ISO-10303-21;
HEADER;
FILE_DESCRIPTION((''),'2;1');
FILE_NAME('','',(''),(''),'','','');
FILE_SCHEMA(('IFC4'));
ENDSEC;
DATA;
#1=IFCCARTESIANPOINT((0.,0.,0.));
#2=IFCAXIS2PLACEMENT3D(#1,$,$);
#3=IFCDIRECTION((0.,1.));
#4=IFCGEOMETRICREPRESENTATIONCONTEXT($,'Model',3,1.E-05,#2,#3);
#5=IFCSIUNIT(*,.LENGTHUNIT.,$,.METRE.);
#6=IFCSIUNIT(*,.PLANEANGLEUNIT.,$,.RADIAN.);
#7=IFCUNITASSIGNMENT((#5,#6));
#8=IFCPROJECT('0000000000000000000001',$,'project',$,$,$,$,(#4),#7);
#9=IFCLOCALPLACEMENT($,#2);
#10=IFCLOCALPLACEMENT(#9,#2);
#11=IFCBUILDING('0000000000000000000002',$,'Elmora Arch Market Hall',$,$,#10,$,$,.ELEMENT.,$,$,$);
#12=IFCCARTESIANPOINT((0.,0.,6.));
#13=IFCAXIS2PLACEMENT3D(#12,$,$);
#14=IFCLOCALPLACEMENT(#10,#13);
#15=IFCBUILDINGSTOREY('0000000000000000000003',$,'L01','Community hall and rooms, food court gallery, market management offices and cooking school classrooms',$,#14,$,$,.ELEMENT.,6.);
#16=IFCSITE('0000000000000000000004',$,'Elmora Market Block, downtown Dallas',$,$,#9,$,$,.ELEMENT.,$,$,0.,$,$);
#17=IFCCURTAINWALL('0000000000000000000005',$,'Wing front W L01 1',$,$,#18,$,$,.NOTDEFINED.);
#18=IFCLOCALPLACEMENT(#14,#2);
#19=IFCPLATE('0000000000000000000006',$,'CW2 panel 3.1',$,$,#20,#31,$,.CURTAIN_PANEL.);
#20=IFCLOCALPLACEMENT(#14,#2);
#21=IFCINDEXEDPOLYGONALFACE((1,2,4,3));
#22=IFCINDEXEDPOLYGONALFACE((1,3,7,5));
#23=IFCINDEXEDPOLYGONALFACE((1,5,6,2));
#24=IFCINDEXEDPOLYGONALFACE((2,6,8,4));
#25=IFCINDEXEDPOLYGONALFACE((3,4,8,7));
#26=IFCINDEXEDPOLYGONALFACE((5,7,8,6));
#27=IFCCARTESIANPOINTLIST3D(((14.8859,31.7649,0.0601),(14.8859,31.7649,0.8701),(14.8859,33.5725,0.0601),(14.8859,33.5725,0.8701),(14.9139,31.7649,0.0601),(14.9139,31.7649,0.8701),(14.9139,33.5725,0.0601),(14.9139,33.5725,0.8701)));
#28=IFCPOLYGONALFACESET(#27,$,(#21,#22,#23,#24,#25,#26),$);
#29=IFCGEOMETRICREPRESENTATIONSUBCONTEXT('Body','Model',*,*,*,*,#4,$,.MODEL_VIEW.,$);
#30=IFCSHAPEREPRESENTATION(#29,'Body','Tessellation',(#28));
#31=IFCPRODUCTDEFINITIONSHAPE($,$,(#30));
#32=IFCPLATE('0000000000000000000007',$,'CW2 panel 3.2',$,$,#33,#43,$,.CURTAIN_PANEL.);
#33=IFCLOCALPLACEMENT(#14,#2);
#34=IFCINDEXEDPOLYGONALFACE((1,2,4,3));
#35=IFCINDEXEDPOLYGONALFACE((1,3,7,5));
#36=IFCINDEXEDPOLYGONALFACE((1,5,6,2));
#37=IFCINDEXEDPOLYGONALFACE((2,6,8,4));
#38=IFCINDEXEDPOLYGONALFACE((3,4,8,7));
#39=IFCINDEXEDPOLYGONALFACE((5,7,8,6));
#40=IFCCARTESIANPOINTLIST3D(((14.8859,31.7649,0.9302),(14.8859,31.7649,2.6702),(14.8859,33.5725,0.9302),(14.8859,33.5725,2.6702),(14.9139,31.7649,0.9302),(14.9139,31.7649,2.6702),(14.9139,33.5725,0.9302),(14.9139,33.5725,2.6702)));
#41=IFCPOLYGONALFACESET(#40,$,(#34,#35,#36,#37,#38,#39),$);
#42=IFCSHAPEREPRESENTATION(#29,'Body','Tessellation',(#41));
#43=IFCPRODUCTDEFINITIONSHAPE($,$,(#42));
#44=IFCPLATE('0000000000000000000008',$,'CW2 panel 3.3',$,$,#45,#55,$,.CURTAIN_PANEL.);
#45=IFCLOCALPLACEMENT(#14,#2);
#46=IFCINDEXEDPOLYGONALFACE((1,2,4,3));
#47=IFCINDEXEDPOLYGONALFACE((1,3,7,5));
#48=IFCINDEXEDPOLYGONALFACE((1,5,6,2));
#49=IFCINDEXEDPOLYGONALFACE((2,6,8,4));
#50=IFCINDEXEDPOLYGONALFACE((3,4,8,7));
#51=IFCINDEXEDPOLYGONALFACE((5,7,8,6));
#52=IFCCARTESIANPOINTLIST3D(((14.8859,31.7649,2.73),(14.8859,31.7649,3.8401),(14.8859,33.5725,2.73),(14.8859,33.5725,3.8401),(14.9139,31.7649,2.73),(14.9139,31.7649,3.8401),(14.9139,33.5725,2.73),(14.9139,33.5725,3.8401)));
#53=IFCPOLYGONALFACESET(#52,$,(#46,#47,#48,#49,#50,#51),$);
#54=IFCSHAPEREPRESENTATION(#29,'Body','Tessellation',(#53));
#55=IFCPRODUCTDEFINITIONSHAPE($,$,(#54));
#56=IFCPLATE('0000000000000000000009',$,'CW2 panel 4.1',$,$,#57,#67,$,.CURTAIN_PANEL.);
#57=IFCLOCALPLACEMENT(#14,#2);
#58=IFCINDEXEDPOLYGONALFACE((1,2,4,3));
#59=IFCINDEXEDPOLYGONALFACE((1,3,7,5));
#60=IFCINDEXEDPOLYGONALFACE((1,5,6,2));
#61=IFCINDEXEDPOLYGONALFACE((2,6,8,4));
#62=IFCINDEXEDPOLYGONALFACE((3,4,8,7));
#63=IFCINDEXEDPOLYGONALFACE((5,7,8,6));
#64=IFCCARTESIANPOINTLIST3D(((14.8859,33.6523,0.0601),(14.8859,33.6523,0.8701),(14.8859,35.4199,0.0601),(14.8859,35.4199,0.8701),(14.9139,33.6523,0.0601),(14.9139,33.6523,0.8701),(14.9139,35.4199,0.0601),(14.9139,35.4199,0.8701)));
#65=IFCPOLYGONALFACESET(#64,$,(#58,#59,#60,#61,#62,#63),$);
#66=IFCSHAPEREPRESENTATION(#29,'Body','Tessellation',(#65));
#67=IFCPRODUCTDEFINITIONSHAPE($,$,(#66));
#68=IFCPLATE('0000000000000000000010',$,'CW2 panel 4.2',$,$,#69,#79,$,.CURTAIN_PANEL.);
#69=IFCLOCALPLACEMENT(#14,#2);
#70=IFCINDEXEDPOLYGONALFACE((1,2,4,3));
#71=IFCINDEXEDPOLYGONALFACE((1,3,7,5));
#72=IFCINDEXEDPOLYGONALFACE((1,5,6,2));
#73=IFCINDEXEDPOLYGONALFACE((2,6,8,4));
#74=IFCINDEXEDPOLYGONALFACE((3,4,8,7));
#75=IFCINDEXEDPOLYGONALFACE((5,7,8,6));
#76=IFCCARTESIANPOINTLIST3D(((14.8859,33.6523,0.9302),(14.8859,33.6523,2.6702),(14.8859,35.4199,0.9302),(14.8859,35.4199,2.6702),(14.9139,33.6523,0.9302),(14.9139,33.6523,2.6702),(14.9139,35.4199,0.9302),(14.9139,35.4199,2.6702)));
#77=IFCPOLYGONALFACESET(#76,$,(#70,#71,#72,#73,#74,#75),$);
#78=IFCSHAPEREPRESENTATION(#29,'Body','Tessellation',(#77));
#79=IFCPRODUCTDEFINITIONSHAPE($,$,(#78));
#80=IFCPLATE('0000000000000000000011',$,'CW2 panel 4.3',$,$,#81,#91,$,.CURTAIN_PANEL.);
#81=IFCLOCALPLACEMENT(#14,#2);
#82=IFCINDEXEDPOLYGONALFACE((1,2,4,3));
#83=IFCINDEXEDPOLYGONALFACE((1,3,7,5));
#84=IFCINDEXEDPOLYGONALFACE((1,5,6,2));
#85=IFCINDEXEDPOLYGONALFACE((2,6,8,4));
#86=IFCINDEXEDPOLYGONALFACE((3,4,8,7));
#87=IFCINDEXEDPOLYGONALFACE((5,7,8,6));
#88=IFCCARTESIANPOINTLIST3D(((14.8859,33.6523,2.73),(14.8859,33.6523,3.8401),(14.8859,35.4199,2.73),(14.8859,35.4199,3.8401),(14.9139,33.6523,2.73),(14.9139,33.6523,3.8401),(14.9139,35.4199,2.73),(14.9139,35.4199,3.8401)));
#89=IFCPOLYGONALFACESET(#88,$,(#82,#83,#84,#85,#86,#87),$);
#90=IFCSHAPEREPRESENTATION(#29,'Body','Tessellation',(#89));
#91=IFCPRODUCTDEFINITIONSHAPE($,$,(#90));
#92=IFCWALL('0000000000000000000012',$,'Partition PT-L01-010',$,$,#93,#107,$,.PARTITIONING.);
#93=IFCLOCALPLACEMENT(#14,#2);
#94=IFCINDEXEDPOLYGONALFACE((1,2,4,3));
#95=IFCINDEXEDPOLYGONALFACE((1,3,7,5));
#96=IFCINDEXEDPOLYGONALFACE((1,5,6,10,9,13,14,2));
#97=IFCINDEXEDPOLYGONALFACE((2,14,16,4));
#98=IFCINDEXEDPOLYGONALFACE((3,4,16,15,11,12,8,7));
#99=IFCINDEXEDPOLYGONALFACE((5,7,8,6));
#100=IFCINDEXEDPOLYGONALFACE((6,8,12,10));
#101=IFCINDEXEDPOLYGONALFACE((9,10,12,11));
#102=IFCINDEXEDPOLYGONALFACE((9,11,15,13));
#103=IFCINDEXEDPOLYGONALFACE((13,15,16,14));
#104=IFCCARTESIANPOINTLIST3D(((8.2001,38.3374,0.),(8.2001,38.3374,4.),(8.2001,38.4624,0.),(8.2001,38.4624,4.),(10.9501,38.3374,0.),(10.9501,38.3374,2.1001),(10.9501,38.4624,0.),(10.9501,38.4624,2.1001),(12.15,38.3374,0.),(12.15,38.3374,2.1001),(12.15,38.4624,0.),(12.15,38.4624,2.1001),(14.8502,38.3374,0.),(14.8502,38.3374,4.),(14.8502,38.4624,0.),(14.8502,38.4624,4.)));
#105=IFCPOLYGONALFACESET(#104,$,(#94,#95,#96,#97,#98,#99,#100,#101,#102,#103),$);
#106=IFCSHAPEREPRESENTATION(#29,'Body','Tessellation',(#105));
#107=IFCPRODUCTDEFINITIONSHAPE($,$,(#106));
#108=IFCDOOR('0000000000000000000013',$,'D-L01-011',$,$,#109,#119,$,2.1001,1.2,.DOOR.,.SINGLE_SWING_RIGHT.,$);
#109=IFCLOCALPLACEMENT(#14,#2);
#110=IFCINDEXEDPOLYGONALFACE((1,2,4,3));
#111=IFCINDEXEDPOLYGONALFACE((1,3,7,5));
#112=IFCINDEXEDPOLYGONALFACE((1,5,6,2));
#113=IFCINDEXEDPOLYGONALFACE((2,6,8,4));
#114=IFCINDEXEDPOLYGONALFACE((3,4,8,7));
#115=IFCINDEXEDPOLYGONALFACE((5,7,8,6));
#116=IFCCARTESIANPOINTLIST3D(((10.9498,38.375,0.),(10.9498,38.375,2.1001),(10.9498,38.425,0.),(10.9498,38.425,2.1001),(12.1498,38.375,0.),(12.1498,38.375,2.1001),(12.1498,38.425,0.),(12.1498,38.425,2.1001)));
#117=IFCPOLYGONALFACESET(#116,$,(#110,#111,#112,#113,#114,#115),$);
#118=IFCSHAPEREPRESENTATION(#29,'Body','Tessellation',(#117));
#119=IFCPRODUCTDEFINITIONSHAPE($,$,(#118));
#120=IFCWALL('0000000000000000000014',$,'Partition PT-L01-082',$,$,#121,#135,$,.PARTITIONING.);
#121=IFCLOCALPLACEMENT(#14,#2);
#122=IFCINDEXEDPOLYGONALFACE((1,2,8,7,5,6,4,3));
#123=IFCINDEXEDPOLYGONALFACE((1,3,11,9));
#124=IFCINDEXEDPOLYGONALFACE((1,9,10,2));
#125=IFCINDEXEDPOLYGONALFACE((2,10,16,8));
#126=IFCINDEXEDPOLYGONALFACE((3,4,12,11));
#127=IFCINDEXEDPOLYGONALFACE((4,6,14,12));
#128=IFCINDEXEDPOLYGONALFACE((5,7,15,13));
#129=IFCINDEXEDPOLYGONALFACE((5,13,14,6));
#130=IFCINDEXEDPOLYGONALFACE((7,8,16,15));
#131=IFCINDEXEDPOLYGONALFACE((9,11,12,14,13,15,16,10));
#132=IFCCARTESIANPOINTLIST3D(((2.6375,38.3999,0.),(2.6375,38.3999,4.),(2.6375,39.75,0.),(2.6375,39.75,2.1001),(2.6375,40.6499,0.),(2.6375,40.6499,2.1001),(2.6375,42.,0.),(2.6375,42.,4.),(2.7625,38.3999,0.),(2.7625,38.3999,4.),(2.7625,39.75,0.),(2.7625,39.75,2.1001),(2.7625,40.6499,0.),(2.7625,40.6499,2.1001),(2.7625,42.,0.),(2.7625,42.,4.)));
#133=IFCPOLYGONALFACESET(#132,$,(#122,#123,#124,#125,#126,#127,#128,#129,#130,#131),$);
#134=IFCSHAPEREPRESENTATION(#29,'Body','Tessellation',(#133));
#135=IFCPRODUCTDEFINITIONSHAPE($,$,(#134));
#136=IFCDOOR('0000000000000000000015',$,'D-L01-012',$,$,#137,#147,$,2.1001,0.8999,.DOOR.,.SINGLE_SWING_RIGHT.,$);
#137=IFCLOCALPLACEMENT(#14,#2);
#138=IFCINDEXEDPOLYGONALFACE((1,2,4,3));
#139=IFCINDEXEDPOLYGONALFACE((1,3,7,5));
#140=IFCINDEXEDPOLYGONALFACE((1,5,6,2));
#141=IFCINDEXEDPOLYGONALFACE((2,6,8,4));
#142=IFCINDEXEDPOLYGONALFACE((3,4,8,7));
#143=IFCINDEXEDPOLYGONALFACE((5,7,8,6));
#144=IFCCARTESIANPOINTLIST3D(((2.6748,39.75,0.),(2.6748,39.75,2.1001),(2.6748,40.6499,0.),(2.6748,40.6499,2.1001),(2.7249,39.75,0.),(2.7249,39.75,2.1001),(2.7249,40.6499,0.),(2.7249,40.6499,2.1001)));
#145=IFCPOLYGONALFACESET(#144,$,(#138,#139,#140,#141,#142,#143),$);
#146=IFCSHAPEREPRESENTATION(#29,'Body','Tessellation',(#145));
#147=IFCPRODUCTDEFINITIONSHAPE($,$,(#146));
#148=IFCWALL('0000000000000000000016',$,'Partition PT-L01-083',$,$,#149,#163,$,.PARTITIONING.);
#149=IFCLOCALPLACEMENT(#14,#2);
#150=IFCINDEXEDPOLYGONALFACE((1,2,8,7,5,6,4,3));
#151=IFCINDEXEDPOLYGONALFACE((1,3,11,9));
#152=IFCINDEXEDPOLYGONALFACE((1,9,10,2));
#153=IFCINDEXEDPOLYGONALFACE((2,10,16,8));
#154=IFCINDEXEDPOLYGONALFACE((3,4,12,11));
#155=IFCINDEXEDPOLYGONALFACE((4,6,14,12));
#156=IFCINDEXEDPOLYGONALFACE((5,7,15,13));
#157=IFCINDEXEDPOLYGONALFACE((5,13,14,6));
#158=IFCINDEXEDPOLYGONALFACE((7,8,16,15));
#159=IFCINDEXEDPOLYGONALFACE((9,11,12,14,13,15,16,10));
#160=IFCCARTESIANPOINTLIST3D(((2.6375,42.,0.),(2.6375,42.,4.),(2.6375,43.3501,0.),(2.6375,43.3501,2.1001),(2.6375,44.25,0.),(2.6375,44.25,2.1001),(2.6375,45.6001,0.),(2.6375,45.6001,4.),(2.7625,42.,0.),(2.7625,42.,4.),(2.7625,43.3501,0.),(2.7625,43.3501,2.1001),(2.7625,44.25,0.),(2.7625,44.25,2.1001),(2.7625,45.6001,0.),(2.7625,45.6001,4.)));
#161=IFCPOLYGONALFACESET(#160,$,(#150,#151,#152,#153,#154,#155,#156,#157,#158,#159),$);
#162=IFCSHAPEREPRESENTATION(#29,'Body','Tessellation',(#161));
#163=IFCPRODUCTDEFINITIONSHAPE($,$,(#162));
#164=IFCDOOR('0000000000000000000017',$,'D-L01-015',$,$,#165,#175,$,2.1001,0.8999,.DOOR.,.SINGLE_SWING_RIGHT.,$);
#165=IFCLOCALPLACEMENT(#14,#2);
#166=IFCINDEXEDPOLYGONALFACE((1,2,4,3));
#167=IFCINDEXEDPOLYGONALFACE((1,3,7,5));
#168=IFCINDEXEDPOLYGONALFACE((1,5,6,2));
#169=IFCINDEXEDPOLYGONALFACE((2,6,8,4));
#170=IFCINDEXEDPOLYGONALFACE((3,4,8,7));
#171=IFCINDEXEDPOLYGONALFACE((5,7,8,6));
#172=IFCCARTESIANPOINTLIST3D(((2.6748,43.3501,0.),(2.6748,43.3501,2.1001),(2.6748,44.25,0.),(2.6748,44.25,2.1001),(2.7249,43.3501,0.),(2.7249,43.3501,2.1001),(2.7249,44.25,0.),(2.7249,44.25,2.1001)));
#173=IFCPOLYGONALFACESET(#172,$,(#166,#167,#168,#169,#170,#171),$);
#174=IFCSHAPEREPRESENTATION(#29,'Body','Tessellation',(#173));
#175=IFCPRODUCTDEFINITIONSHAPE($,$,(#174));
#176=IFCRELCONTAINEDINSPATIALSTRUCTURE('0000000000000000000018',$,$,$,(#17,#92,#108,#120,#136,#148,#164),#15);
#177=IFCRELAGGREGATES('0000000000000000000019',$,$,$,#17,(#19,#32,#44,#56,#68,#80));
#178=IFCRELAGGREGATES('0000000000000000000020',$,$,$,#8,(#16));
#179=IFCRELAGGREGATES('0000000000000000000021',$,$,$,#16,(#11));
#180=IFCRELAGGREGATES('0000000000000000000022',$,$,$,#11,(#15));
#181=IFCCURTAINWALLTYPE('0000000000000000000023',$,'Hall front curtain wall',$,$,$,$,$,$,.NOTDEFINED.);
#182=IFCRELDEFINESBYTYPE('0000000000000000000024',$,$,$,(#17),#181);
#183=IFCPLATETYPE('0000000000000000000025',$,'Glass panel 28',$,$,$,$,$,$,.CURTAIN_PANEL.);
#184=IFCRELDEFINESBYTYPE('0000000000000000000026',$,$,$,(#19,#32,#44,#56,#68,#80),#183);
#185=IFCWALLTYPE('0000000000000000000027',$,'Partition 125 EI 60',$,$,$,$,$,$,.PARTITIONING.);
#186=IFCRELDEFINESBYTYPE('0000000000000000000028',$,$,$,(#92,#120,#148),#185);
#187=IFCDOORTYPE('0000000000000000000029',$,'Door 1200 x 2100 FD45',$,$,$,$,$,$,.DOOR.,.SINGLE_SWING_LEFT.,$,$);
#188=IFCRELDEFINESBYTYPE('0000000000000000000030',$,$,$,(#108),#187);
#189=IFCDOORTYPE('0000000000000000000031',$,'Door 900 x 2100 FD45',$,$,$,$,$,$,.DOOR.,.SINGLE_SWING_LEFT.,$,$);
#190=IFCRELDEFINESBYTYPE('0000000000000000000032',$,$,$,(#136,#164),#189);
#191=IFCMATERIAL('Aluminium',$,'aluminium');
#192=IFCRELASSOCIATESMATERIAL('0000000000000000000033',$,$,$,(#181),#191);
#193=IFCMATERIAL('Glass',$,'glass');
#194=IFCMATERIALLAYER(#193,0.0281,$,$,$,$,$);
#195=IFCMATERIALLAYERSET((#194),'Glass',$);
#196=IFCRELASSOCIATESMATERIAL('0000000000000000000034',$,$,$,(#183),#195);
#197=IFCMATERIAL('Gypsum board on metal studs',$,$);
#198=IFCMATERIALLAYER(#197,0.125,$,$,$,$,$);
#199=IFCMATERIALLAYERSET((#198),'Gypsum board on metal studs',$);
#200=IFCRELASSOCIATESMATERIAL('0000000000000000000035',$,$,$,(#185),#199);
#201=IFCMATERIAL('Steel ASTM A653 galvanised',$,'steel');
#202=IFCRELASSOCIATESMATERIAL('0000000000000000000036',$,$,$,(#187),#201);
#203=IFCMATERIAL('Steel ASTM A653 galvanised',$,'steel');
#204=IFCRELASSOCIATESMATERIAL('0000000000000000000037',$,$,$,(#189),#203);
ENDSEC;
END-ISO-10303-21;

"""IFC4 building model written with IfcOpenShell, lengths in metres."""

from ifc_helpers import new_model, si_unit, direction, frame, frame_2d, origin, origin_2d, place, context, subcontext, project, spatial, rectangle, extrude, material, layer, layer_set, type_object, element, fill, aggregate, save


model = new_model("IFC4")

# Units and contexts
model_context = context("Model", 3, precision=1e-05, world=origin(), true_north=direction((0.0, 1.0)))
body_context = subcontext(model_context, "Body", "Model", "MODEL_VIEW")
ifc_project = project(units=[si_unit("LENGTHUNIT", "METRE"), si_unit("PLANEANGLEUNIT", "RADIAN")], contexts=[model_context])

# Site, building, storey
site_placement = place(None, origin())
site = spatial("IfcSite", under=ifc_project, at=site_placement, Name="Elmora Market Block, downtown Dallas", CompositionType="ELEMENT", RefElevation=0.0)
building_placement = place(site_placement, origin())
building = spatial("IfcBuilding", under=site, at=building_placement, Name="Elmora Arch Market Hall", CompositionType="ELEMENT")
storey_placement = place(building_placement, frame((0.0, 0.0, 6.0)))
storey = spatial("IfcBuildingStorey", under=building, at=storey_placement, Name="L01", Description="Community hall and rooms, food court gallery, market management offices and cooking school classrooms", CompositionType="ELEMENT", Elevation=6.0)

# Curtain wall
ifc_material_1 = material(Name="Aluminium", Category="aluminium")
curtain_wall_type = type_object("IfcCurtainWallType", Name="Hall front curtain wall", PredefinedType="NOTDEFINED", material=ifc_material_1)
curtain_wall_placement = place(storey_placement, origin())
curtain_wall = element("IfcCurtainWall", 1, at=curtain_wall_placement, inside=storey, type_object=curtain_wall_type, Name="Wing front W L01 1", PredefinedType="NOTDEFINED")

# Plates
ifc_material_2 = material(Name="Glass", Category="glass")
ifc_layer_1 = layer(ifc_material_2, 0.0281)
ifc_layer_set_1 = layer_set([ifc_layer_1], Name="Glass")
plate_type = type_object("IfcPlateType", Name="Glass panel 28", PredefinedType="CURTAIN_PANEL", material=ifc_layer_set_1)
plate_1_placement = place(storey_placement, frame((14.8999, 32.6687, 0.0601), z_axis=(0.0, 0.0, 1.0), x_axis=(0.0, 1.0, 0.0)))
plate_1 = element("IfcPlate", 2, at=plate_1_placement, type_object=plate_type, Name="CW2 panel 3.1", PredefinedType="CURTAIN_PANEL", context=body_context, shape_type="SweptSolid", body=[
    extrude(rectangle(XDim=1.8076, YDim=0.0281, at=origin_2d()), origin(), (0.0, 0.0, 1.0), 0.8101),
])
plate_2_placement = place(storey_placement, frame((14.8999, 32.6687, 0.9302), z_axis=(0.0, 0.0, 1.0), x_axis=(0.0, 1.0, 0.0)))
plate_2 = element("IfcPlate", 3, at=plate_2_placement, type_object=plate_type, Name="CW2 panel 3.2", PredefinedType="CURTAIN_PANEL", context=body_context, shape_type="SweptSolid", body=[
    extrude(rectangle(XDim=1.8076, YDim=0.0281, at=origin_2d()), origin(), (0.0, 0.0, 1.0), 1.74),
])
plate_3_placement = place(storey_placement, frame((14.8999, 32.6687, 2.73), z_axis=(0.0, 0.0, 1.0), x_axis=(0.0, 1.0, 0.0)))
plate_3 = element("IfcPlate", 4, at=plate_3_placement, type_object=plate_type, Name="CW2 panel 3.3", PredefinedType="CURTAIN_PANEL", context=body_context, shape_type="SweptSolid", body=[
    extrude(rectangle(XDim=1.8076, YDim=0.0281, at=origin_2d()), origin(), (0.0, 0.0, 1.0), 1.1101),
])
plate_4_placement = place(storey_placement, frame((14.8999, 34.5361, 0.0601), z_axis=(0.0, 0.0, 1.0), x_axis=(0.0, 1.0, 0.0)))
plate_4 = element("IfcPlate", 5, at=plate_4_placement, type_object=plate_type, Name="CW2 panel 4.1", PredefinedType="CURTAIN_PANEL", context=body_context, shape_type="SweptSolid", body=[
    extrude(rectangle(XDim=1.7676, YDim=0.0281, at=origin_2d()), origin(), (0.0, 0.0, 1.0), 0.8101),
])
plate_5_placement = place(storey_placement, frame((14.8999, 34.5361, 0.9302), z_axis=(0.0, 0.0, 1.0), x_axis=(0.0, 1.0, 0.0)))
plate_5 = element("IfcPlate", 6, at=plate_5_placement, type_object=plate_type, Name="CW2 panel 4.2", PredefinedType="CURTAIN_PANEL", context=body_context, shape_type="SweptSolid", body=[
    extrude(rectangle(XDim=1.7676, YDim=0.0281, at=origin_2d()), origin(), (0.0, 0.0, 1.0), 1.74),
])
plate_6_placement = place(storey_placement, frame((14.8999, 34.5361, 2.73), z_axis=(0.0, 0.0, 1.0), x_axis=(0.0, 1.0, 0.0)))
plate_6 = element("IfcPlate", 7, at=plate_6_placement, type_object=plate_type, Name="CW2 panel 4.3", PredefinedType="CURTAIN_PANEL", context=body_context, shape_type="SweptSolid", body=[
    extrude(rectangle(XDim=1.7676, YDim=0.0281, at=origin_2d()), origin(), (0.0, 0.0, 1.0), 1.1101),
])
aggregate(curtain_wall, [plate_1, plate_2, plate_3, plate_4, plate_5, plate_6])

# Walls, openings, doors
ifc_material_3 = material(Name="Gypsum board on metal studs")
ifc_layer_2 = layer(ifc_material_3, 0.125)
ifc_layer_set_2 = layer_set([ifc_layer_2], Name="Gypsum board on metal studs")
wall_type_1 = type_object("IfcWallType", Name="Partition 125 EI 60", PredefinedType="PARTITIONING", material=ifc_layer_set_2)
wall_1_placement = place(storey_placement, frame((8.2, 38.3999, 0.0), z_axis=(0.0, 0.0, 1.0), x_axis=(1.0, 0.0, 0.0)))
wall_1 = element("IfcWall", 8, at=wall_1_placement, inside=storey, type_object=wall_type_1, Name="Partition PT-L01-010", PredefinedType="PARTITIONING", context=body_context, shape_type="SweptSolid", body=[
    extrude(rectangle(XDim=6.6501, YDim=0.125, at=frame_2d((3.3252, 0.0))), origin(), (0.0, 0.0, 1.0), 4.0),
])
opening_1_placement = place(wall_1_placement, frame((2.75, 0.0, 0.0)))
opening_1 = element("IfcOpeningElement", 9, at=opening_1_placement, cuts=wall_1, PredefinedType="OPENING", context=body_context, shape_type="SweptSolid", body=[
    extrude(rectangle(XDim=1.2, YDim=2.1001, at=frame_2d((0.6001, 1.05))), frame((0.0, 0.0725, 0.0), z_axis=(0.0, -1.0, 0.0), x_axis=(1.0, 0.0, 0.0)), (0.0, 0.0, 1.0), 0.145),
])
ifc_material_4 = material(Name="Steel ASTM A653 galvanised", Category="steel")
door_type_1 = type_object("IfcDoorType", Name="Door 1200 x 2100 FD45", OperationType="SINGLE_SWING_LEFT", PredefinedType="DOOR", material=ifc_material_4)
door_1_placement = place(opening_1_placement, frame((1.2, 0.0, 0.0), z_axis=(0.0, 0.0, 1.0), x_axis=(-1.0, 0.0, 0.0)))
door_1 = element("IfcDoor", 10, at=door_1_placement, inside=storey, type_object=door_type_1, Name="D-L01-011", OperationType="SINGLE_SWING_RIGHT", OverallHeight=2.1001, OverallWidth=1.2, PredefinedType="DOOR", context=body_context, shape_type="SweptSolid", body=[
    extrude(rectangle(XDim=1.2, YDim=2.1001, at=frame_2d((0.6001, 1.05))), frame((0.0, 0.0249, 0.0), z_axis=(0.0, -1.0, 0.0), x_axis=(1.0, 0.0, 0.0)), (0.0, 0.0, 1.0), 0.05),
])
fill(opening_1, door_1)
wall_2_placement = place(storey_placement, frame((2.7, 38.3999, 0.0), z_axis=(0.0, 0.0, 1.0), x_axis=(0.0, 1.0, 0.0)))
wall_2 = element("IfcWall", 11, at=wall_2_placement, inside=storey, type_object=wall_type_1, Name="Partition PT-L01-082", PredefinedType="PARTITIONING", context=body_context, shape_type="SweptSolid", body=[
    extrude(rectangle(XDim=3.6001, YDim=0.125, at=frame_2d((1.8, 0.0))), origin(), (0.0, 0.0, 1.0), 4.0),
])
opening_2_placement = place(wall_2_placement, frame((1.3501, 0.0, 0.0)))
opening_2 = element("IfcOpeningElement", 12, at=opening_2_placement, cuts=wall_2, PredefinedType="OPENING", context=body_context, shape_type="SweptSolid", body=[
    extrude(rectangle(XDim=0.8999, YDim=2.1001, at=frame_2d((0.45, 1.05))), frame((0.0, 0.0725, 0.0), z_axis=(0.0, -1.0, 0.0), x_axis=(1.0, 0.0, 0.0)), (0.0, 0.0, 1.0), 0.145),
])
ifc_material_5 = material(Name="Steel ASTM A653 galvanised", Category="steel")
door_type_2 = type_object("IfcDoorType", Name="Door 900 x 2100 FD45", OperationType="SINGLE_SWING_LEFT", PredefinedType="DOOR", material=ifc_material_5)
door_2_placement = place(opening_2_placement, frame((0.8999, 0.0, 0.0), z_axis=(0.0, 0.0, 1.0), x_axis=(-1.0, 0.0, 0.0)))
door_2 = element("IfcDoor", 13, at=door_2_placement, inside=storey, type_object=door_type_2, Name="D-L01-012", OperationType="SINGLE_SWING_RIGHT", OverallHeight=2.1001, OverallWidth=0.8999, PredefinedType="DOOR", context=body_context, shape_type="SweptSolid", body=[
    extrude(rectangle(XDim=0.8999, YDim=2.1001, at=frame_2d((0.45, 1.05))), frame((0.0, 0.0249, 0.0), z_axis=(0.0, -1.0, 0.0), x_axis=(1.0, 0.0, 0.0)), (0.0, 0.0, 1.0), 0.05),
])
fill(opening_2, door_2)
wall_3_placement = place(storey_placement, frame((2.7, 42.0, 0.0), z_axis=(0.0, 0.0, 1.0), x_axis=(0.0, 1.0, 0.0)))
wall_3 = element("IfcWall", 14, at=wall_3_placement, inside=storey, type_object=wall_type_1, Name="Partition PT-L01-083", PredefinedType="PARTITIONING", context=body_context, shape_type="SweptSolid", body=[
    extrude(rectangle(XDim=3.6001, YDim=0.125, at=frame_2d((1.8, 0.0))), origin(), (0.0, 0.0, 1.0), 4.0),
])
opening_3_placement = place(wall_3_placement, frame((1.3501, 0.0, 0.0)))
opening_3 = element("IfcOpeningElement", 15, at=opening_3_placement, cuts=wall_3, PredefinedType="OPENING", context=body_context, shape_type="SweptSolid", body=[
    extrude(rectangle(XDim=0.8999, YDim=2.1001, at=frame_2d((0.45, 1.05))), frame((0.0, 0.0725, 0.0), z_axis=(0.0, -1.0, 0.0), x_axis=(1.0, 0.0, 0.0)), (0.0, 0.0, 1.0), 0.145),
])
door_3_placement = place(opening_3_placement, frame((0.8999, 0.0, 0.0), z_axis=(0.0, 0.0, 1.0), x_axis=(-1.0, 0.0, 0.0)))
door_3 = element("IfcDoor", 16, at=door_3_placement, inside=storey, type_object=door_type_2, Name="D-L01-015", OperationType="SINGLE_SWING_RIGHT", OverallHeight=2.1001, OverallWidth=0.8999, PredefinedType="DOOR", context=body_context, shape_type="SweptSolid", body=[
    extrude(rectangle(XDim=0.8999, YDim=2.1001, at=frame_2d((0.45, 1.05))), frame((0.0, 0.0249, 0.0), z_axis=(0.0, -1.0, 0.0), x_axis=(1.0, 0.0, 0.0)), (0.0, 0.0, 1.0), 0.05),
])
fill(opening_3, door_3)

save(model, "model.ifc")
